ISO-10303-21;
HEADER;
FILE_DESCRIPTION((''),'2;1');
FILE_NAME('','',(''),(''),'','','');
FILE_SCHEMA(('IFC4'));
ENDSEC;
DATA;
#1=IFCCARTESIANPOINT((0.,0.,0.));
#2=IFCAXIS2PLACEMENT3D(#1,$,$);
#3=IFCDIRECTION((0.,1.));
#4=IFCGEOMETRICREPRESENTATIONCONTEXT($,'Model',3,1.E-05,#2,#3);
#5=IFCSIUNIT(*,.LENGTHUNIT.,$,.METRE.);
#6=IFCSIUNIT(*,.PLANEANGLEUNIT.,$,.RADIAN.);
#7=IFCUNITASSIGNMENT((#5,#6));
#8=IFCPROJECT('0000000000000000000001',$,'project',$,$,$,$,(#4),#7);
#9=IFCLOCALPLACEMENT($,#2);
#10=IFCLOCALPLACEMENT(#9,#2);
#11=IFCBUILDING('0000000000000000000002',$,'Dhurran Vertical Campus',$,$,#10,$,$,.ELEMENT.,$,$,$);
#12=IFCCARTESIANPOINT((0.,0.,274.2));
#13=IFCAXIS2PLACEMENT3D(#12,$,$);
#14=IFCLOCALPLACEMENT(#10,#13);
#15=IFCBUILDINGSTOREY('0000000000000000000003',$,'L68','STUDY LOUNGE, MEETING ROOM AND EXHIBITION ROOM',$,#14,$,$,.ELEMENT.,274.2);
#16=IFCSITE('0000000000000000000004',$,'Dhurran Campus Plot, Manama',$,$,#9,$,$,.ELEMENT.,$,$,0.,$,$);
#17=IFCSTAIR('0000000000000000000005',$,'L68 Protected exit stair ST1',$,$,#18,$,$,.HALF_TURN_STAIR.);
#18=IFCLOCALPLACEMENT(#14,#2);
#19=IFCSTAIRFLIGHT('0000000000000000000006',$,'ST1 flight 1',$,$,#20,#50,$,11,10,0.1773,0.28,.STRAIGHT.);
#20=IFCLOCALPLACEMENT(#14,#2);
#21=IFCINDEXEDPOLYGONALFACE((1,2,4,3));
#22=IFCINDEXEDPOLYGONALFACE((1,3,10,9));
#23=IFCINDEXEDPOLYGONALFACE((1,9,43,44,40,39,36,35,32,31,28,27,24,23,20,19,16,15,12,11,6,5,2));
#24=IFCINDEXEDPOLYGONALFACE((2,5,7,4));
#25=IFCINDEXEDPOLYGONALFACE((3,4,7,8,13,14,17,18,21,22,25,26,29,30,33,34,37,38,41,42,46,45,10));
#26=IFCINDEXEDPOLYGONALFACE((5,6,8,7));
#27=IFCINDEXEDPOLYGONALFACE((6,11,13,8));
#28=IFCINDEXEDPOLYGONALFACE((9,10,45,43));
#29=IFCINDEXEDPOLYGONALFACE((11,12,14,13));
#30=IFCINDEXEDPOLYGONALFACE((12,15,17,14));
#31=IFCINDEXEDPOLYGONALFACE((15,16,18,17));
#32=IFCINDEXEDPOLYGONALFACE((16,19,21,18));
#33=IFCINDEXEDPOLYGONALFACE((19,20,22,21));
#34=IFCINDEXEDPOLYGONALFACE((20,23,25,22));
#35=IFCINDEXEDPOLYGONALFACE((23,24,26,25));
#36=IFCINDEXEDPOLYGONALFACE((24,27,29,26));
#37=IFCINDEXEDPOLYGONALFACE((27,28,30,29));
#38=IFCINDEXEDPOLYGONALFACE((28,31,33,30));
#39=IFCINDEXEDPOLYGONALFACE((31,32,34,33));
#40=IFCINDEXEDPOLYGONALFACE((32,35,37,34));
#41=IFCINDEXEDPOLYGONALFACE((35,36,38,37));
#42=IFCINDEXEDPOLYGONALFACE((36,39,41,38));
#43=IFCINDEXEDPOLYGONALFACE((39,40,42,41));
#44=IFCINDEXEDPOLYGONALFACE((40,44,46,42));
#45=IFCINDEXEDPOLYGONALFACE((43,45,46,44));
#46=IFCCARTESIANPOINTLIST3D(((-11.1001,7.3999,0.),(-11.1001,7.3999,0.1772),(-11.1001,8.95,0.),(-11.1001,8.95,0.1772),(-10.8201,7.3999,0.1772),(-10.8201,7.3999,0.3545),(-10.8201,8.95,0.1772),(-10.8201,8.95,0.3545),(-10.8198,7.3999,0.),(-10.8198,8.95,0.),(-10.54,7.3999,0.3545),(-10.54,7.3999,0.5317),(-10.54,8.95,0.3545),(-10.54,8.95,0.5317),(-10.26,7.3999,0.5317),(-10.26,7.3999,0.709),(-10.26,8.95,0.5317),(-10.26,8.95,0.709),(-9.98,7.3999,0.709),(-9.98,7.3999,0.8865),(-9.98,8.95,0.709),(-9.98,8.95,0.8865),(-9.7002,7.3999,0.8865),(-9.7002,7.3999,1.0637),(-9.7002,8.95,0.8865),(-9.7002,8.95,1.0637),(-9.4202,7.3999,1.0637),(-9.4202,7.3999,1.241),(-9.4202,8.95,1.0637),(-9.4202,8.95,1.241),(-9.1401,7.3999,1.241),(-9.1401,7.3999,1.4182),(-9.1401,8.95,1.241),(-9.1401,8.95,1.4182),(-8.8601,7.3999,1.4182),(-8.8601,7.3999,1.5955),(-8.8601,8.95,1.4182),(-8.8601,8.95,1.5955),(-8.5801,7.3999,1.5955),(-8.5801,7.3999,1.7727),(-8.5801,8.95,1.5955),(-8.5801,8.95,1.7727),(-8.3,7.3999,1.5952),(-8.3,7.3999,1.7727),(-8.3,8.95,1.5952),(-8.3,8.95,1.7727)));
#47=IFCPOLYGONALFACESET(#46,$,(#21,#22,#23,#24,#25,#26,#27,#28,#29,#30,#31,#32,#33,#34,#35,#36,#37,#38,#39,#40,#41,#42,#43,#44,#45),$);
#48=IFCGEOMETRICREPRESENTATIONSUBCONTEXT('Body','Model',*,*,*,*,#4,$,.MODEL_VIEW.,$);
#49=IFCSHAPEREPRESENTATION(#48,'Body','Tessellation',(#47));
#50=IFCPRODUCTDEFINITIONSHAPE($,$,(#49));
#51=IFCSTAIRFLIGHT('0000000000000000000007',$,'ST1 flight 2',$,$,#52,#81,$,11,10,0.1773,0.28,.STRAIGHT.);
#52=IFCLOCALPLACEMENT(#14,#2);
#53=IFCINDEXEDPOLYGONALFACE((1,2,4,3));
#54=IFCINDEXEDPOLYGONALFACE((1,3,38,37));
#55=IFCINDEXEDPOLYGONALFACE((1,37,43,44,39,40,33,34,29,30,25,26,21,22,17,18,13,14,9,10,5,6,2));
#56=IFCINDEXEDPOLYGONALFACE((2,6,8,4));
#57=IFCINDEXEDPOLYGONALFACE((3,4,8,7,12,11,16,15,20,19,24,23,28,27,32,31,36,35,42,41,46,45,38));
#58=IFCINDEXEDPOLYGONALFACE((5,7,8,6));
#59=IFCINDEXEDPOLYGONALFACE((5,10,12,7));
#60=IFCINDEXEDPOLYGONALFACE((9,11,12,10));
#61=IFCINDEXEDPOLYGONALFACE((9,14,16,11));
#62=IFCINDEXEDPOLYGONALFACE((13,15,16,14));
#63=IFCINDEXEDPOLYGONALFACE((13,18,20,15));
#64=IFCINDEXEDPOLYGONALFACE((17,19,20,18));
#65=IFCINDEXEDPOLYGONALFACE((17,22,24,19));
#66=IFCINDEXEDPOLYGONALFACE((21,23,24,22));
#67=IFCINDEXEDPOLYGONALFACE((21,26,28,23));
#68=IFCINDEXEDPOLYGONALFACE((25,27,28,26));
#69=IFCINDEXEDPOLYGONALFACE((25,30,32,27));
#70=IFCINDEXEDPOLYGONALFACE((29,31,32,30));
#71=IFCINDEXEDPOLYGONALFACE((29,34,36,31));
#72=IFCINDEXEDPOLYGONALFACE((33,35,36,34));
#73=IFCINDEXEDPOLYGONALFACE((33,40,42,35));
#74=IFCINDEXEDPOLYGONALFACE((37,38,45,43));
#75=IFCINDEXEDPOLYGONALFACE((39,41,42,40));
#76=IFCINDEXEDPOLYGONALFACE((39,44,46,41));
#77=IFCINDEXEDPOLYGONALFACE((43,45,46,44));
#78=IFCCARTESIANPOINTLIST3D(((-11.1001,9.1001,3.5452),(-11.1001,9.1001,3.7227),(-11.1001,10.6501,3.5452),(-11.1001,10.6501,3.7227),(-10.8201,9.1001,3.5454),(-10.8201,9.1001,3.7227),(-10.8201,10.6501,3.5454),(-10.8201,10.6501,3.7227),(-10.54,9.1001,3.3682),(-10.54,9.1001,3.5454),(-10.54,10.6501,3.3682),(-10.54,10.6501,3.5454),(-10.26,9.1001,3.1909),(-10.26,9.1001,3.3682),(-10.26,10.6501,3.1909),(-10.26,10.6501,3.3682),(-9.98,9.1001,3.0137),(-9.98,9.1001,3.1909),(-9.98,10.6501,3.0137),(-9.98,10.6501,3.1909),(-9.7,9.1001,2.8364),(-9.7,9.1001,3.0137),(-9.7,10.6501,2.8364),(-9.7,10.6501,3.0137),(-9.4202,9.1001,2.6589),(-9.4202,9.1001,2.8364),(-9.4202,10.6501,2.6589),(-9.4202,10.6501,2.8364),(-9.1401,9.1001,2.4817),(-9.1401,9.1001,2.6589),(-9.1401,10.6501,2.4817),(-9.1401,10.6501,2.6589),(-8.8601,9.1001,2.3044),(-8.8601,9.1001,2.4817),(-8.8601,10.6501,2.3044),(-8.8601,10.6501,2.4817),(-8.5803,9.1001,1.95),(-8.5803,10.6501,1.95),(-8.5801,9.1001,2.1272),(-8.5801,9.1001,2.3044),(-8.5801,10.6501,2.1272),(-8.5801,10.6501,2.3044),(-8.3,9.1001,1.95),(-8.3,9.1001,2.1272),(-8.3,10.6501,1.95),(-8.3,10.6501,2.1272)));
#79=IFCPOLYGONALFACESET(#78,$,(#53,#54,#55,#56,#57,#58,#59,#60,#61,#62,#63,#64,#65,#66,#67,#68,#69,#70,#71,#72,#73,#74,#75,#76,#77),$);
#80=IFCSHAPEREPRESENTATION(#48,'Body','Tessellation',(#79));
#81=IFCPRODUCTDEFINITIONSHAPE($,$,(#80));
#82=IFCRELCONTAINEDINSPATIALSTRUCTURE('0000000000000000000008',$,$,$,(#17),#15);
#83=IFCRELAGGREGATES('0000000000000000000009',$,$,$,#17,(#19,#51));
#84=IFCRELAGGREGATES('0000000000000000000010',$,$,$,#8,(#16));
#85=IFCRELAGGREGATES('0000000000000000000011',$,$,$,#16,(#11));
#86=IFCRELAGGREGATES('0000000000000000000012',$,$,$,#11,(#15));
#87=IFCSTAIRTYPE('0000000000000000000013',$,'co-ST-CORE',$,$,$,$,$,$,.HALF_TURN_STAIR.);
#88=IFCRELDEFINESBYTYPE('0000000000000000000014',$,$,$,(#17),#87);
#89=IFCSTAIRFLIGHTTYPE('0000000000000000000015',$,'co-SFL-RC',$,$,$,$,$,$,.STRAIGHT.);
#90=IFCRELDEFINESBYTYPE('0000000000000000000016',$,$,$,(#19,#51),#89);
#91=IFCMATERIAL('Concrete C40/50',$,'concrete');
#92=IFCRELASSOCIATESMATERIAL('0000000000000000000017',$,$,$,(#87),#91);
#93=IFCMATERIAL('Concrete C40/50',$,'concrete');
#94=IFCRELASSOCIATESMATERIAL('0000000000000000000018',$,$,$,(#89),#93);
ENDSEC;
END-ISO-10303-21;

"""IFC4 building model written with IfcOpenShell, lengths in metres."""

from ifc_helpers import new_model, si_unit, direction, frame, origin, place, context, subcontext, project, spatial, polyline, outline, extrude, material, type_object, element, aggregate, save


model = new_model("IFC4")

# Units and contexts
model_context = context("Model", 3, precision=1e-05, world=origin(), true_north=direction((0.0, 1.0)))
body_context = subcontext(model_context, "Body", "Model", "MODEL_VIEW")
ifc_project = project(units=[si_unit("LENGTHUNIT", "METRE"), si_unit("PLANEANGLEUNIT", "RADIAN")], contexts=[model_context])

# Site, building, storey
site_placement = place(None, origin())
site = spatial("IfcSite", under=ifc_project, at=site_placement, Name="Dhurran Campus Plot, Manama", CompositionType="ELEMENT", RefElevation=0.0)
building_placement = place(site_placement, origin())
building = spatial("IfcBuilding", under=site, at=building_placement, Name="Dhurran Vertical Campus", CompositionType="ELEMENT")
storey_placement = place(building_placement, frame((0.0, 0.0, 274.2)))
storey = spatial("IfcBuildingStorey", under=building, at=storey_placement, Name="L68", Description="STUDY LOUNGE, MEETING ROOM AND EXHIBITION ROOM", CompositionType="ELEMENT", Elevation=274.2)

# Stair, stair flights
ifc_material_1 = material(Name="Concrete C40/50", Category="concrete")
stair_type = type_object("IfcStairType", Name="co-ST-CORE", PredefinedType="HALF_TURN_STAIR", material=ifc_material_1)
stair_placement = place(storey_placement, origin())
stair = element("IfcStair", 1, at=stair_placement, inside=storey, type_object=stair_type, Name="L68 Protected exit stair ST1", PredefinedType="HALF_TURN_STAIR")
ifc_material_2 = material(Name="Concrete C40/50", Category="concrete")
stair_flight_type = type_object("IfcStairFlightType", Name="co-SFL-RC", PredefinedType="STRAIGHT", material=ifc_material_2)
stair_flight_1_placement = place(storey_placement, frame((-11.1001, 8.175, 0.0), z_axis=(0.0, 0.0, 1.0), x_axis=(1.0, 0.0, 0.0)))
stair_flight_1 = element("IfcStairFlight", 2, at=stair_flight_1_placement, type_object=stair_flight_type, Name="ST1 flight 1", NumberOfRisers=11, NumberOfTreads=10, PredefinedType="STRAIGHT", RiserHeight=0.1773, TreadLength=0.28, context=body_context, shape_type="SweptSolid", body=[
    extrude(outline(polyline([(0.0, 0.0), (0.0, 0.1772), (0.28, 0.1772), (0.28, 0.3545), (0.5601, 0.3545), (0.5601, 0.5317), (0.8401, 0.5317), (0.8401, 0.709), (1.1201, 0.709), (1.1201, 0.8865), (1.3999, 0.8865), (1.3999, 1.0637), (1.6799, 1.0637), (1.6799, 1.241), (1.96, 1.241), (1.96, 1.4182), (2.24, 1.4182), (2.24, 1.5955), (2.52, 1.5955), (2.52, 1.7727), (2.8, 1.7727), (2.8, 1.95), (2.8, 1.5952), (0.2803, 0.0), (0.0, 0.0)])), frame((0.0, 0.7749, 0.0), z_axis=(0.0, -1.0, 0.0), x_axis=(1.0, 0.0, 0.0)), (0.0, 0.0, 1.0), 1.55),
])
stair_flight_2_placement = place(storey_placement, frame((-8.3, 9.875, 1.95), z_axis=(0.0, 0.0, 1.0), x_axis=(-1.0, 0.0, 0.0)))
stair_flight_2 = element("IfcStairFlight", 3, at=stair_flight_2_placement, type_object=stair_flight_type, Name="ST1 flight 2", NumberOfRisers=11, NumberOfTreads=10, PredefinedType="STRAIGHT", RiserHeight=0.1773, TreadLength=0.28, context=body_context, shape_type="SweptSolid", body=[
    extrude(outline(polyline([(0.0, 0.0), (0.0, 0.1772), (0.28, 0.1772), (0.28, 0.3545), (0.5601, 0.3545), (0.5601, 0.5317), (0.8401, 0.5317), (0.8401, 0.709), (1.1201, 0.709), (1.1201, 0.8865), (1.3999, 0.8865), (1.3999, 1.0637), (1.6799, 1.0637), (1.6799, 1.241), (1.96, 1.241), (1.96, 1.4182), (2.24, 1.4182), (2.24, 1.5955), (2.52, 1.5955), (2.52, 1.7727), (2.8, 1.7727), (2.8, 1.95), (2.8, 1.5952), (0.2803, 0.0), (0.0, 0.0)])), frame((0.0, 0.7749, 0.0), z_axis=(0.0, -1.0, 0.0), x_axis=(1.0, 0.0, 0.0)), (0.0, 0.0, 1.0), 1.55),
])
aggregate(stair, [stair_flight_1, stair_flight_2])

save(model, "model.ifc")
